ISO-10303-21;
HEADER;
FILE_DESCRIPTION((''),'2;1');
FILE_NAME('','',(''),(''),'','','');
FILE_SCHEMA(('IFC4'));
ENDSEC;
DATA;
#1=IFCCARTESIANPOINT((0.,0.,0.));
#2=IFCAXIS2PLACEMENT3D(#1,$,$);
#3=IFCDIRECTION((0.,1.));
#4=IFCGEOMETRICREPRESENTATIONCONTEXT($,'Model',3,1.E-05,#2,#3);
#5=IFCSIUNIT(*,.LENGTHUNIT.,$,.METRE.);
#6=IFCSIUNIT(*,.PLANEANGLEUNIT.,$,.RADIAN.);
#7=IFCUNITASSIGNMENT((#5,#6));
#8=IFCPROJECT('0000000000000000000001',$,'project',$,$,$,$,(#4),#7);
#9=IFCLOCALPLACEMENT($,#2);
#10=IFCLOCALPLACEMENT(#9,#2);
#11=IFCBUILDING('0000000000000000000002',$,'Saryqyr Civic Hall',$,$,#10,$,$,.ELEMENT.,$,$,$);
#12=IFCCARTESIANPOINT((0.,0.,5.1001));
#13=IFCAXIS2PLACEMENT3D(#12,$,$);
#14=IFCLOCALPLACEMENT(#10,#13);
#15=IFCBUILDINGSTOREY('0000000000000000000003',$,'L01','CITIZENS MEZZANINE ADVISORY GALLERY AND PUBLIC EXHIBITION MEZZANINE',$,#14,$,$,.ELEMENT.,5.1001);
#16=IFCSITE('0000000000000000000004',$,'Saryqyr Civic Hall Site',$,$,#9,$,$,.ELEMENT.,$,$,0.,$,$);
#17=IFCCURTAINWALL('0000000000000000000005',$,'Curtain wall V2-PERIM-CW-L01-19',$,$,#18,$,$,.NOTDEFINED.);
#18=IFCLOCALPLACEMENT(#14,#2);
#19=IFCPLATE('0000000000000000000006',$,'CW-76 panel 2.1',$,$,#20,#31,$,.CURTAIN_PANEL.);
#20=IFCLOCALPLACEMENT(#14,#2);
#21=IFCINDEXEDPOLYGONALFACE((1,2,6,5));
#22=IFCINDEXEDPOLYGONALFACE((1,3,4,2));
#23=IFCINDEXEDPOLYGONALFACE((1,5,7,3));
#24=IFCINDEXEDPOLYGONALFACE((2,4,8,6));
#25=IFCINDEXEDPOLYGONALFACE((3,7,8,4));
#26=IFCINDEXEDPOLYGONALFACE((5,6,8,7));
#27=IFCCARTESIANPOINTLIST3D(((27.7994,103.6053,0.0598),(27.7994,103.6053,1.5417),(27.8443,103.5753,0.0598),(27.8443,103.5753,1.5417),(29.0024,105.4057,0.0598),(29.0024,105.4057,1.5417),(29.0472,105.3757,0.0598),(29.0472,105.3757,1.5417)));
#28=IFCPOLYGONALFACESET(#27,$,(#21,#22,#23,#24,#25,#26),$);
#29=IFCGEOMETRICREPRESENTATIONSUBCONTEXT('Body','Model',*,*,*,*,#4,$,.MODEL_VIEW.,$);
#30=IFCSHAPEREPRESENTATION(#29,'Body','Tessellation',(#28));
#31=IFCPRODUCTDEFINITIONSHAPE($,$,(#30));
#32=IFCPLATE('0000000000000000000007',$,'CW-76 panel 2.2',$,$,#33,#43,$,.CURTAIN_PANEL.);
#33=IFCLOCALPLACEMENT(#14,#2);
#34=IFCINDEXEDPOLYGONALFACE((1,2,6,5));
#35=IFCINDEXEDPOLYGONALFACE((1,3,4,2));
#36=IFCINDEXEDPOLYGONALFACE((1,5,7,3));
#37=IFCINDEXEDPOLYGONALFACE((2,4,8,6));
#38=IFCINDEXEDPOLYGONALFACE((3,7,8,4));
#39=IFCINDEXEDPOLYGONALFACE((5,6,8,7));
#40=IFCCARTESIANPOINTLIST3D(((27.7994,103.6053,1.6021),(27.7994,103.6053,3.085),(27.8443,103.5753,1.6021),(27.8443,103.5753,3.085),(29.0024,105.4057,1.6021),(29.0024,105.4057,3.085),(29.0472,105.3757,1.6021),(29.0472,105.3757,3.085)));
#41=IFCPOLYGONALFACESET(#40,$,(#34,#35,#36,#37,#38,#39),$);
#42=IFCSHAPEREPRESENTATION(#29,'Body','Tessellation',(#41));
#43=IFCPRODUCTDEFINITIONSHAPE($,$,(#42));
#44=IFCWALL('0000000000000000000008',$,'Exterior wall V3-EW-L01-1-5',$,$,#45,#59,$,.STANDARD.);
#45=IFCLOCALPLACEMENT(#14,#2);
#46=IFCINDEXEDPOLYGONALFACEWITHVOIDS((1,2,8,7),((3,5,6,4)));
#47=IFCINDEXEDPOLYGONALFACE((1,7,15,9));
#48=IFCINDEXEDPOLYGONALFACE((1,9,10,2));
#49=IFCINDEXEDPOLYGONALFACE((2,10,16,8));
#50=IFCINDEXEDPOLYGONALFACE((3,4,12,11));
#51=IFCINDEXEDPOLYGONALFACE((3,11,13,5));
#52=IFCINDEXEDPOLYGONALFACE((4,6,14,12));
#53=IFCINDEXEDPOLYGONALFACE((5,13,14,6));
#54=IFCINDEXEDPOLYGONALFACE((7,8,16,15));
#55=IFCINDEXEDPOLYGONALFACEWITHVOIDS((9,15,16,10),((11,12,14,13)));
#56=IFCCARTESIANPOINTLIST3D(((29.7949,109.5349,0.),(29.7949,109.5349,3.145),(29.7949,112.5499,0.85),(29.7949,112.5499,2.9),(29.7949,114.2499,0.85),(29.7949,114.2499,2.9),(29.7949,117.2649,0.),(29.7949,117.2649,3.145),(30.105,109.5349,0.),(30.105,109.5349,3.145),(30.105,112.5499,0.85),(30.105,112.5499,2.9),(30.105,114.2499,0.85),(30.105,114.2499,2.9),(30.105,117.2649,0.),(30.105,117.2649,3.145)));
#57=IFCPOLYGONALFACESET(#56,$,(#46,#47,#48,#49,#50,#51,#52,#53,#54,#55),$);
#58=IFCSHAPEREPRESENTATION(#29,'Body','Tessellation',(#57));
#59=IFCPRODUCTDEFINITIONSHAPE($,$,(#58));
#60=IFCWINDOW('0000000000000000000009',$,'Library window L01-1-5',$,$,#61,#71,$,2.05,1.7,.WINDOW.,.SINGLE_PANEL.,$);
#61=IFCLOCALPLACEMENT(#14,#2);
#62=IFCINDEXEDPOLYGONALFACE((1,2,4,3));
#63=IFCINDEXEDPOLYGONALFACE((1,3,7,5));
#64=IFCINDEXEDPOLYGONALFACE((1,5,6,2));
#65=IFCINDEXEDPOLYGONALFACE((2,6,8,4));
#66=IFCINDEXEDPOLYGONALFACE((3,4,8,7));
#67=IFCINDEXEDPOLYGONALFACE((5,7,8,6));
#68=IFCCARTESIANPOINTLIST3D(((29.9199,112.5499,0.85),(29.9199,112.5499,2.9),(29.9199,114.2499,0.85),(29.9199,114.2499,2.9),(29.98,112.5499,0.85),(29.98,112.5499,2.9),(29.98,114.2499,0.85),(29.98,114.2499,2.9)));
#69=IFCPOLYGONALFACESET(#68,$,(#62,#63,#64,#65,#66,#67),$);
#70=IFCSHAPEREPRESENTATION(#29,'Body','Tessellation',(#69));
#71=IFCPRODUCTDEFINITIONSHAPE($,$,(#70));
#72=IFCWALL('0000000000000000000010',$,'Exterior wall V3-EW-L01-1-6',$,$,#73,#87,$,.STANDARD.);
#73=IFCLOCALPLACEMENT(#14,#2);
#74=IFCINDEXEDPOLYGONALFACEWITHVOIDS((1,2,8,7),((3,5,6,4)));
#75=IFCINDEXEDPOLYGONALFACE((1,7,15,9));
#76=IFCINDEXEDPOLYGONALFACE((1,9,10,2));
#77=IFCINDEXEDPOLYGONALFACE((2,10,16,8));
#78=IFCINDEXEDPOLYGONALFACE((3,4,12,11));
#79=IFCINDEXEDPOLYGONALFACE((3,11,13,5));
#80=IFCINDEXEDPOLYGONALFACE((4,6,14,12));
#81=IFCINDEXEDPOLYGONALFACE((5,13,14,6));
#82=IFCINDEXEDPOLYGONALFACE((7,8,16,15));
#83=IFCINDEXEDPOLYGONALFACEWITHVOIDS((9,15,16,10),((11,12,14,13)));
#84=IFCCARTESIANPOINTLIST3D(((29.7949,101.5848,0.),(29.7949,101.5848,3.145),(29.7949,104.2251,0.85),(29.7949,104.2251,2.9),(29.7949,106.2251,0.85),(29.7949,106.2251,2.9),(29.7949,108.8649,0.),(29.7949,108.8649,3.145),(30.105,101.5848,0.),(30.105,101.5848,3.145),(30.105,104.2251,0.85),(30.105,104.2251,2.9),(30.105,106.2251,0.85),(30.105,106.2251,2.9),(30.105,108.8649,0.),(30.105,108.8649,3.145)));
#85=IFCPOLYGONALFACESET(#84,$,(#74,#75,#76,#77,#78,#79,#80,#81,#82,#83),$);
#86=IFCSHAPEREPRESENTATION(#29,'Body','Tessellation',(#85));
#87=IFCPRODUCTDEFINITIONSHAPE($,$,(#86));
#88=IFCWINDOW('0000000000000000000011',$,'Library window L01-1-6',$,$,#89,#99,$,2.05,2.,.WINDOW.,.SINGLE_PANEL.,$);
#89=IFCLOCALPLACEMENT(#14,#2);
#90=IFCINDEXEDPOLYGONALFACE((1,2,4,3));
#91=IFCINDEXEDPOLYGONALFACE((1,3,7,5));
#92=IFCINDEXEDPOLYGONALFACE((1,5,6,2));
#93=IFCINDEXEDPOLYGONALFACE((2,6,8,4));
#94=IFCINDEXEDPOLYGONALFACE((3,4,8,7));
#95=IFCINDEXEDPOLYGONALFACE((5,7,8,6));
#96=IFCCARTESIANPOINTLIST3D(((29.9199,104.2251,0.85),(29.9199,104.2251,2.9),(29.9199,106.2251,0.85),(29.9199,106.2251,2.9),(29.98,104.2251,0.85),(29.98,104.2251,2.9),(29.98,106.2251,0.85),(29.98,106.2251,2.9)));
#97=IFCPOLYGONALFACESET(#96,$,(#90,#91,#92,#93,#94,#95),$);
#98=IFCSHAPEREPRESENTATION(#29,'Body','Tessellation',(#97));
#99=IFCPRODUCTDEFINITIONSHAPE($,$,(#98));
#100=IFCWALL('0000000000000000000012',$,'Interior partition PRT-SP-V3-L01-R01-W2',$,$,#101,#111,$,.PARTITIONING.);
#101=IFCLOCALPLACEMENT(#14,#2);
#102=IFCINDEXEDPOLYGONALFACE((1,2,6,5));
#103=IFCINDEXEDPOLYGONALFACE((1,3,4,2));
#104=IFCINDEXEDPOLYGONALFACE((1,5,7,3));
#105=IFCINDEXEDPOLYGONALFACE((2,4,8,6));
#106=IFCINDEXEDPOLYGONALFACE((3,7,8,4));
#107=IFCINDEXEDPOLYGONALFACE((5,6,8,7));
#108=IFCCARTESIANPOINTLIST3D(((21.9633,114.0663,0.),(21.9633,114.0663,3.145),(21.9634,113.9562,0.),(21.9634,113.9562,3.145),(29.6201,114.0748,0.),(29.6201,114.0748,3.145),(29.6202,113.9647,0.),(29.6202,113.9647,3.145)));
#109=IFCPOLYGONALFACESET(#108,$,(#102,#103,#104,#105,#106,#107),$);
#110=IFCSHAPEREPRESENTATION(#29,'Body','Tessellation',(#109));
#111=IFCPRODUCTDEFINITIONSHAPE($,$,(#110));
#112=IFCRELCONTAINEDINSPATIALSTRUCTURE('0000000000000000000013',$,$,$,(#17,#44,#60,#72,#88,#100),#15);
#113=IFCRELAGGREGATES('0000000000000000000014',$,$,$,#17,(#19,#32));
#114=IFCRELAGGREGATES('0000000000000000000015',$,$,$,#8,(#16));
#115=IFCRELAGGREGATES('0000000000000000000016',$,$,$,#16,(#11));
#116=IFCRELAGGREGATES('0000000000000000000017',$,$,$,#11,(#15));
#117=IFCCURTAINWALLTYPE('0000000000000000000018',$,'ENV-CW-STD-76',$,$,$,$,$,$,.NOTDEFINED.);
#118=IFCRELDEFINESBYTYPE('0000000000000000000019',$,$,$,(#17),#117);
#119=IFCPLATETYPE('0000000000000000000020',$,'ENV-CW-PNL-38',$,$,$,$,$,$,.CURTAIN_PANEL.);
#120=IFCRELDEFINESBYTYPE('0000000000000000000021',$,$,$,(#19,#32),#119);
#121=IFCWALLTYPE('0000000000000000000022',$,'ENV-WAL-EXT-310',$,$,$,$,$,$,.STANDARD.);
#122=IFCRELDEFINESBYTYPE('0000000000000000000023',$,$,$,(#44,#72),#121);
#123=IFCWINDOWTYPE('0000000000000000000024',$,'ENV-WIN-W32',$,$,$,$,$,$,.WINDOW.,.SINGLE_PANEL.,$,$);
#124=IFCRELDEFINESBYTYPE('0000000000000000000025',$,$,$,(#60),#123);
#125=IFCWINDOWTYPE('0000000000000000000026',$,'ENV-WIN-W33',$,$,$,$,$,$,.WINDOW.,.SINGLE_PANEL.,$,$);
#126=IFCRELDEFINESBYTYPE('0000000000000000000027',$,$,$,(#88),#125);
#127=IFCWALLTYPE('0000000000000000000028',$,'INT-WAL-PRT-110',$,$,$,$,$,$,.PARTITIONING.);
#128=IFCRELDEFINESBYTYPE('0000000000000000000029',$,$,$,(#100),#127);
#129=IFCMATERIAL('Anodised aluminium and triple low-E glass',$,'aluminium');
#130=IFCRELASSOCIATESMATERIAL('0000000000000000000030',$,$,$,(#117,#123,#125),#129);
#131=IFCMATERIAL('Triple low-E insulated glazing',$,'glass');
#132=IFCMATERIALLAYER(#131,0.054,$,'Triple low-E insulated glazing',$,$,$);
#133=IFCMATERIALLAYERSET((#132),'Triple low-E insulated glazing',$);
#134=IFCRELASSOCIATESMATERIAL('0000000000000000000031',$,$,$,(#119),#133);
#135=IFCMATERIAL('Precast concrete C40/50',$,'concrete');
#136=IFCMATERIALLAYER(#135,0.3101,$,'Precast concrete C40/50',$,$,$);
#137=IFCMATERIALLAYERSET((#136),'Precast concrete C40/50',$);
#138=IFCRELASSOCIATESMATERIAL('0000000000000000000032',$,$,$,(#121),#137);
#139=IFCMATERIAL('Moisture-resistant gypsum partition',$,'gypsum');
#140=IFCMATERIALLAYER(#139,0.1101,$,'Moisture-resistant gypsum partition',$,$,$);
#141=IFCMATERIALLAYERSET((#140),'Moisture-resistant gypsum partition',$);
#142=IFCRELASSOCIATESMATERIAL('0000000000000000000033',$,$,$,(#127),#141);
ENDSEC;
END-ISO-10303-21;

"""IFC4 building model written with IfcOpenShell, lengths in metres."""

from ifc_helpers import new_model, si_unit, direction, frame, frame_2d, origin, origin_2d, place, context, subcontext, project, spatial, rectangle, extrude, material, layer, layer_set, type_object, element, fill, aggregate, save


model = new_model("IFC4")

# Units and contexts
model_context = context("Model", 3, precision=1e-05, world=origin(), true_north=direction((0.0, 1.0)))
body_context = subcontext(model_context, "Body", "Model", "MODEL_VIEW")
ifc_project = project(units=[si_unit("LENGTHUNIT", "METRE"), si_unit("PLANEANGLEUNIT", "RADIAN")], contexts=[model_context])

# Site, building, storey
site_placement = place(None, origin())
site = spatial("IfcSite", under=ifc_project, at=site_placement, Name="Saryqyr Civic Hall Site", CompositionType="ELEMENT", RefElevation=0.0)
building_placement = place(site_placement, origin())
building = spatial("IfcBuilding", under=site, at=building_placement, Name="Saryqyr Civic Hall", CompositionType="ELEMENT")
storey_placement = place(building_placement, frame((0.0, 0.0, 5.1001)))
storey = spatial("IfcBuildingStorey", under=building, at=storey_placement, Name="L01", Description="CITIZENS MEZZANINE ADVISORY GALLERY AND PUBLIC EXHIBITION MEZZANINE", CompositionType="ELEMENT", Elevation=5.1001)

# Shared definitions
ifc_material_1 = material(Name="Anodised aluminium and triple low-E glass", Category="aluminium")

# Curtain wall
curtain_wall_type_1 = type_object("IfcCurtainWallType", Name="ENV-CW-STD-76", PredefinedType="NOTDEFINED", material=ifc_material_1)
curtain_wall_1_placement = place(storey_placement, origin())
curtain_wall_1 = element("IfcCurtainWall", 1, at=curtain_wall_1_placement, inside=storey, type_object=curtain_wall_type_1, Name="Curtain wall V2-PERIM-CW-L01-19", PredefinedType="NOTDEFINED")

# Plates
ifc_material_2 = material(Name="Triple low-E insulated glazing", Category="glass")
ifc_layer_1 = layer(ifc_material_2, 0.054, Name="Triple low-E insulated glazing")
ifc_layer_set_1 = layer_set([ifc_layer_1], Name="Triple low-E insulated glazing")
plate_type = type_object("IfcPlateType", Name="ENV-CW-PNL-38", PredefinedType="CURTAIN_PANEL", material=ifc_layer_set_1)
plate_1_placement = place(storey_placement, frame((28.4233, 104.4905, 0.0598), z_axis=(0.0, 0.0, 1.0), x_axis=(0.555559, 0.831477, 0.0)))
plate_1 = element("IfcPlate", 2, at=plate_1_placement, type_object=plate_type, Name="CW-76 panel 2.1", PredefinedType="CURTAIN_PANEL", context=body_context, shape_type="SweptSolid", body=[
    extrude(rectangle(XDim=2.1653, YDim=0.054, at=origin_2d()), origin(), (0.0, 0.0, 1.0), 1.4819),
])
plate_2_placement = place(storey_placement, frame((28.4233, 104.4905, 1.6021), z_axis=(0.0, 0.0, 1.0), x_axis=(0.555559, 0.831477, 0.0)))
plate_2 = element("IfcPlate", 3, at=plate_2_placement, type_object=plate_type, Name="CW-76 panel 2.2", PredefinedType="CURTAIN_PANEL", context=body_context, shape_type="SweptSolid", body=[
    extrude(rectangle(XDim=2.1653, YDim=0.054, at=origin_2d()), origin(), (0.0, 0.0, 1.0), 1.4829),
])
aggregate(curtain_wall_1, [plate_1, plate_2])

# Walls, openings, windows
ifc_material_3 = material(Name="Precast concrete C40/50", Category="concrete")
ifc_layer_2 = layer(ifc_material_3, 0.3101, Name="Precast concrete C40/50")
ifc_layer_set_2 = layer_set([ifc_layer_2], Name="Precast concrete C40/50")
wall_type_1 = type_object("IfcWallType", Name="ENV-WAL-EXT-310", PredefinedType="STANDARD", material=ifc_layer_set_2)
wall_1_placement = place(storey_placement, frame((29.95, 117.2649, 0.0), z_axis=(0.0, 0.0, 1.0), x_axis=(0.0, -1.0, 0.0)))
wall_1 = element("IfcWall", 4, at=wall_1_placement, inside=storey, type_object=wall_type_1, Name="Exterior wall V3-EW-L01-1-5", PredefinedType="STANDARD", context=body_context, shape_type="SweptSolid", body=[
    extrude(rectangle(XDim=7.73, YDim=0.3101, at=frame_2d((3.865, 0.0))), origin(), (0.0, 0.0, 1.0), 3.145),
])
opening_1_placement = place(wall_1_placement, frame((3.0149, 0.0, 0.8501)))
opening_1 = element("IfcOpeningElement", 5, at=opening_1_placement, cuts=wall_1, PredefinedType="OPENING", context=body_context, shape_type="SweptSolid", body=[
    extrude(rectangle(XDim=1.7, YDim=2.05, at=frame_2d((0.8501, 1.0249))), frame((0.0, 0.165, 0.0), z_axis=(0.0, -1.0, 0.0), x_axis=(1.0, 0.0, 0.0)), (0.0, 0.0, 1.0), 0.3301),
])
window_type_1 = type_object("IfcWindowType", Name="ENV-WIN-W32", PartitioningType="SINGLE_PANEL", PredefinedType="WINDOW", material=ifc_material_1)
window_1_placement = place(opening_1_placement, origin())
window_1 = element("IfcWindow", 6, at=window_1_placement, inside=storey, type_object=window_type_1, Name="Library window L01-1-5", OverallHeight=2.05, OverallWidth=1.7, PartitioningType="SINGLE_PANEL", PredefinedType="WINDOW", context=body_context, shape_type="SweptSolid", body=[
    extrude(rectangle(XDim=1.7, YDim=2.05, at=frame_2d((0.8501, 1.0249))), frame((0.0, 0.03, 0.0), z_axis=(0.0, -1.0, 0.0), x_axis=(1.0, 0.0, 0.0)), (0.0, 0.0, 1.0), 0.0601),
])
fill(opening_1, window_1)
wall_2_placement = place(storey_placement, frame((29.95, 108.865, 0.0), z_axis=(0.0, 0.0, 1.0), x_axis=(0.0, -1.0, 0.0)))
wall_2 = element("IfcWall", 7, at=wall_2_placement, inside=storey, type_object=wall_type_1, Name="Exterior wall V3-EW-L01-1-6", PredefinedType="STANDARD", context=body_context, shape_type="SweptSolid", body=[
    extrude(rectangle(XDim=7.28, YDim=0.3101, at=frame_2d((3.6401, 0.0))), origin(), (0.0, 0.0, 1.0), 3.145),
])
opening_2_placement = place(wall_2_placement, frame((2.6399, 0.0, 0.8501)))
opening_2 = element("IfcOpeningElement", 8, at=opening_2_placement, cuts=wall_2, PredefinedType="OPENING", context=body_context, shape_type="SweptSolid", body=[
    extrude(rectangle(XDim=2.0, YDim=2.05, at=frame_2d((1.0, 1.0249))), frame((0.0, 0.165, 0.0), z_axis=(0.0, -1.0, 0.0), x_axis=(1.0, 0.0, 0.0)), (0.0, 0.0, 1.0), 0.3301),
])
window_type_2 = type_object("IfcWindowType", Name="ENV-WIN-W33", PartitioningType="SINGLE_PANEL", PredefinedType="WINDOW", material=ifc_material_1)
window_2_placement = place(opening_2_placement, origin())
window_2 = element("IfcWindow", 9, at=window_2_placement, inside=storey, type_object=window_type_2, Name="Library window L01-1-6", OverallHeight=2.05, OverallWidth=2.0, PartitioningType="SINGLE_PANEL", PredefinedType="WINDOW", context=body_context, shape_type="SweptSolid", body=[
    extrude(rectangle(XDim=2.0, YDim=2.05, at=frame_2d((1.0, 1.0249))), frame((0.0, 0.03, 0.0), z_axis=(0.0, -1.0, 0.0), x_axis=(1.0, 0.0, 0.0)), (0.0, 0.0, 1.0), 0.0601),
])
fill(opening_2, window_2)

# Wall
ifc_material_4 = material(Name="Moisture-resistant gypsum partition", Category="gypsum")
ifc_layer_3 = layer(ifc_material_4, 0.1101, Name="Moisture-resistant gypsum partition")
ifc_layer_set_3 = layer_set([ifc_layer_3], Name="Moisture-resistant gypsum partition")
wall_type_2 = type_object("IfcWallType", Name="INT-WAL-PRT-110", PredefinedType="PARTITIONING", material=ifc_layer_set_3)
wall_3_placement = place(storey_placement, frame((29.6201, 114.0198, 0.0), z_axis=(0.0, 0.0, 1.0), x_axis=(-0.999999, -0.001116, 0.0)))
element("IfcWall", 10, at=wall_3_placement, inside=storey, type_object=wall_type_2, Name="Interior partition PRT-SP-V3-L01-R01-W2", PredefinedType="PARTITIONING", context=body_context, shape_type="SweptSolid", body=[
    extrude(rectangle(XDim=7.6567, YDim=0.1101, at=frame_2d((3.8284, 0.0))), origin(), (0.0, 0.0, 1.0), 3.145),
])

save(model, "model.ifc")
